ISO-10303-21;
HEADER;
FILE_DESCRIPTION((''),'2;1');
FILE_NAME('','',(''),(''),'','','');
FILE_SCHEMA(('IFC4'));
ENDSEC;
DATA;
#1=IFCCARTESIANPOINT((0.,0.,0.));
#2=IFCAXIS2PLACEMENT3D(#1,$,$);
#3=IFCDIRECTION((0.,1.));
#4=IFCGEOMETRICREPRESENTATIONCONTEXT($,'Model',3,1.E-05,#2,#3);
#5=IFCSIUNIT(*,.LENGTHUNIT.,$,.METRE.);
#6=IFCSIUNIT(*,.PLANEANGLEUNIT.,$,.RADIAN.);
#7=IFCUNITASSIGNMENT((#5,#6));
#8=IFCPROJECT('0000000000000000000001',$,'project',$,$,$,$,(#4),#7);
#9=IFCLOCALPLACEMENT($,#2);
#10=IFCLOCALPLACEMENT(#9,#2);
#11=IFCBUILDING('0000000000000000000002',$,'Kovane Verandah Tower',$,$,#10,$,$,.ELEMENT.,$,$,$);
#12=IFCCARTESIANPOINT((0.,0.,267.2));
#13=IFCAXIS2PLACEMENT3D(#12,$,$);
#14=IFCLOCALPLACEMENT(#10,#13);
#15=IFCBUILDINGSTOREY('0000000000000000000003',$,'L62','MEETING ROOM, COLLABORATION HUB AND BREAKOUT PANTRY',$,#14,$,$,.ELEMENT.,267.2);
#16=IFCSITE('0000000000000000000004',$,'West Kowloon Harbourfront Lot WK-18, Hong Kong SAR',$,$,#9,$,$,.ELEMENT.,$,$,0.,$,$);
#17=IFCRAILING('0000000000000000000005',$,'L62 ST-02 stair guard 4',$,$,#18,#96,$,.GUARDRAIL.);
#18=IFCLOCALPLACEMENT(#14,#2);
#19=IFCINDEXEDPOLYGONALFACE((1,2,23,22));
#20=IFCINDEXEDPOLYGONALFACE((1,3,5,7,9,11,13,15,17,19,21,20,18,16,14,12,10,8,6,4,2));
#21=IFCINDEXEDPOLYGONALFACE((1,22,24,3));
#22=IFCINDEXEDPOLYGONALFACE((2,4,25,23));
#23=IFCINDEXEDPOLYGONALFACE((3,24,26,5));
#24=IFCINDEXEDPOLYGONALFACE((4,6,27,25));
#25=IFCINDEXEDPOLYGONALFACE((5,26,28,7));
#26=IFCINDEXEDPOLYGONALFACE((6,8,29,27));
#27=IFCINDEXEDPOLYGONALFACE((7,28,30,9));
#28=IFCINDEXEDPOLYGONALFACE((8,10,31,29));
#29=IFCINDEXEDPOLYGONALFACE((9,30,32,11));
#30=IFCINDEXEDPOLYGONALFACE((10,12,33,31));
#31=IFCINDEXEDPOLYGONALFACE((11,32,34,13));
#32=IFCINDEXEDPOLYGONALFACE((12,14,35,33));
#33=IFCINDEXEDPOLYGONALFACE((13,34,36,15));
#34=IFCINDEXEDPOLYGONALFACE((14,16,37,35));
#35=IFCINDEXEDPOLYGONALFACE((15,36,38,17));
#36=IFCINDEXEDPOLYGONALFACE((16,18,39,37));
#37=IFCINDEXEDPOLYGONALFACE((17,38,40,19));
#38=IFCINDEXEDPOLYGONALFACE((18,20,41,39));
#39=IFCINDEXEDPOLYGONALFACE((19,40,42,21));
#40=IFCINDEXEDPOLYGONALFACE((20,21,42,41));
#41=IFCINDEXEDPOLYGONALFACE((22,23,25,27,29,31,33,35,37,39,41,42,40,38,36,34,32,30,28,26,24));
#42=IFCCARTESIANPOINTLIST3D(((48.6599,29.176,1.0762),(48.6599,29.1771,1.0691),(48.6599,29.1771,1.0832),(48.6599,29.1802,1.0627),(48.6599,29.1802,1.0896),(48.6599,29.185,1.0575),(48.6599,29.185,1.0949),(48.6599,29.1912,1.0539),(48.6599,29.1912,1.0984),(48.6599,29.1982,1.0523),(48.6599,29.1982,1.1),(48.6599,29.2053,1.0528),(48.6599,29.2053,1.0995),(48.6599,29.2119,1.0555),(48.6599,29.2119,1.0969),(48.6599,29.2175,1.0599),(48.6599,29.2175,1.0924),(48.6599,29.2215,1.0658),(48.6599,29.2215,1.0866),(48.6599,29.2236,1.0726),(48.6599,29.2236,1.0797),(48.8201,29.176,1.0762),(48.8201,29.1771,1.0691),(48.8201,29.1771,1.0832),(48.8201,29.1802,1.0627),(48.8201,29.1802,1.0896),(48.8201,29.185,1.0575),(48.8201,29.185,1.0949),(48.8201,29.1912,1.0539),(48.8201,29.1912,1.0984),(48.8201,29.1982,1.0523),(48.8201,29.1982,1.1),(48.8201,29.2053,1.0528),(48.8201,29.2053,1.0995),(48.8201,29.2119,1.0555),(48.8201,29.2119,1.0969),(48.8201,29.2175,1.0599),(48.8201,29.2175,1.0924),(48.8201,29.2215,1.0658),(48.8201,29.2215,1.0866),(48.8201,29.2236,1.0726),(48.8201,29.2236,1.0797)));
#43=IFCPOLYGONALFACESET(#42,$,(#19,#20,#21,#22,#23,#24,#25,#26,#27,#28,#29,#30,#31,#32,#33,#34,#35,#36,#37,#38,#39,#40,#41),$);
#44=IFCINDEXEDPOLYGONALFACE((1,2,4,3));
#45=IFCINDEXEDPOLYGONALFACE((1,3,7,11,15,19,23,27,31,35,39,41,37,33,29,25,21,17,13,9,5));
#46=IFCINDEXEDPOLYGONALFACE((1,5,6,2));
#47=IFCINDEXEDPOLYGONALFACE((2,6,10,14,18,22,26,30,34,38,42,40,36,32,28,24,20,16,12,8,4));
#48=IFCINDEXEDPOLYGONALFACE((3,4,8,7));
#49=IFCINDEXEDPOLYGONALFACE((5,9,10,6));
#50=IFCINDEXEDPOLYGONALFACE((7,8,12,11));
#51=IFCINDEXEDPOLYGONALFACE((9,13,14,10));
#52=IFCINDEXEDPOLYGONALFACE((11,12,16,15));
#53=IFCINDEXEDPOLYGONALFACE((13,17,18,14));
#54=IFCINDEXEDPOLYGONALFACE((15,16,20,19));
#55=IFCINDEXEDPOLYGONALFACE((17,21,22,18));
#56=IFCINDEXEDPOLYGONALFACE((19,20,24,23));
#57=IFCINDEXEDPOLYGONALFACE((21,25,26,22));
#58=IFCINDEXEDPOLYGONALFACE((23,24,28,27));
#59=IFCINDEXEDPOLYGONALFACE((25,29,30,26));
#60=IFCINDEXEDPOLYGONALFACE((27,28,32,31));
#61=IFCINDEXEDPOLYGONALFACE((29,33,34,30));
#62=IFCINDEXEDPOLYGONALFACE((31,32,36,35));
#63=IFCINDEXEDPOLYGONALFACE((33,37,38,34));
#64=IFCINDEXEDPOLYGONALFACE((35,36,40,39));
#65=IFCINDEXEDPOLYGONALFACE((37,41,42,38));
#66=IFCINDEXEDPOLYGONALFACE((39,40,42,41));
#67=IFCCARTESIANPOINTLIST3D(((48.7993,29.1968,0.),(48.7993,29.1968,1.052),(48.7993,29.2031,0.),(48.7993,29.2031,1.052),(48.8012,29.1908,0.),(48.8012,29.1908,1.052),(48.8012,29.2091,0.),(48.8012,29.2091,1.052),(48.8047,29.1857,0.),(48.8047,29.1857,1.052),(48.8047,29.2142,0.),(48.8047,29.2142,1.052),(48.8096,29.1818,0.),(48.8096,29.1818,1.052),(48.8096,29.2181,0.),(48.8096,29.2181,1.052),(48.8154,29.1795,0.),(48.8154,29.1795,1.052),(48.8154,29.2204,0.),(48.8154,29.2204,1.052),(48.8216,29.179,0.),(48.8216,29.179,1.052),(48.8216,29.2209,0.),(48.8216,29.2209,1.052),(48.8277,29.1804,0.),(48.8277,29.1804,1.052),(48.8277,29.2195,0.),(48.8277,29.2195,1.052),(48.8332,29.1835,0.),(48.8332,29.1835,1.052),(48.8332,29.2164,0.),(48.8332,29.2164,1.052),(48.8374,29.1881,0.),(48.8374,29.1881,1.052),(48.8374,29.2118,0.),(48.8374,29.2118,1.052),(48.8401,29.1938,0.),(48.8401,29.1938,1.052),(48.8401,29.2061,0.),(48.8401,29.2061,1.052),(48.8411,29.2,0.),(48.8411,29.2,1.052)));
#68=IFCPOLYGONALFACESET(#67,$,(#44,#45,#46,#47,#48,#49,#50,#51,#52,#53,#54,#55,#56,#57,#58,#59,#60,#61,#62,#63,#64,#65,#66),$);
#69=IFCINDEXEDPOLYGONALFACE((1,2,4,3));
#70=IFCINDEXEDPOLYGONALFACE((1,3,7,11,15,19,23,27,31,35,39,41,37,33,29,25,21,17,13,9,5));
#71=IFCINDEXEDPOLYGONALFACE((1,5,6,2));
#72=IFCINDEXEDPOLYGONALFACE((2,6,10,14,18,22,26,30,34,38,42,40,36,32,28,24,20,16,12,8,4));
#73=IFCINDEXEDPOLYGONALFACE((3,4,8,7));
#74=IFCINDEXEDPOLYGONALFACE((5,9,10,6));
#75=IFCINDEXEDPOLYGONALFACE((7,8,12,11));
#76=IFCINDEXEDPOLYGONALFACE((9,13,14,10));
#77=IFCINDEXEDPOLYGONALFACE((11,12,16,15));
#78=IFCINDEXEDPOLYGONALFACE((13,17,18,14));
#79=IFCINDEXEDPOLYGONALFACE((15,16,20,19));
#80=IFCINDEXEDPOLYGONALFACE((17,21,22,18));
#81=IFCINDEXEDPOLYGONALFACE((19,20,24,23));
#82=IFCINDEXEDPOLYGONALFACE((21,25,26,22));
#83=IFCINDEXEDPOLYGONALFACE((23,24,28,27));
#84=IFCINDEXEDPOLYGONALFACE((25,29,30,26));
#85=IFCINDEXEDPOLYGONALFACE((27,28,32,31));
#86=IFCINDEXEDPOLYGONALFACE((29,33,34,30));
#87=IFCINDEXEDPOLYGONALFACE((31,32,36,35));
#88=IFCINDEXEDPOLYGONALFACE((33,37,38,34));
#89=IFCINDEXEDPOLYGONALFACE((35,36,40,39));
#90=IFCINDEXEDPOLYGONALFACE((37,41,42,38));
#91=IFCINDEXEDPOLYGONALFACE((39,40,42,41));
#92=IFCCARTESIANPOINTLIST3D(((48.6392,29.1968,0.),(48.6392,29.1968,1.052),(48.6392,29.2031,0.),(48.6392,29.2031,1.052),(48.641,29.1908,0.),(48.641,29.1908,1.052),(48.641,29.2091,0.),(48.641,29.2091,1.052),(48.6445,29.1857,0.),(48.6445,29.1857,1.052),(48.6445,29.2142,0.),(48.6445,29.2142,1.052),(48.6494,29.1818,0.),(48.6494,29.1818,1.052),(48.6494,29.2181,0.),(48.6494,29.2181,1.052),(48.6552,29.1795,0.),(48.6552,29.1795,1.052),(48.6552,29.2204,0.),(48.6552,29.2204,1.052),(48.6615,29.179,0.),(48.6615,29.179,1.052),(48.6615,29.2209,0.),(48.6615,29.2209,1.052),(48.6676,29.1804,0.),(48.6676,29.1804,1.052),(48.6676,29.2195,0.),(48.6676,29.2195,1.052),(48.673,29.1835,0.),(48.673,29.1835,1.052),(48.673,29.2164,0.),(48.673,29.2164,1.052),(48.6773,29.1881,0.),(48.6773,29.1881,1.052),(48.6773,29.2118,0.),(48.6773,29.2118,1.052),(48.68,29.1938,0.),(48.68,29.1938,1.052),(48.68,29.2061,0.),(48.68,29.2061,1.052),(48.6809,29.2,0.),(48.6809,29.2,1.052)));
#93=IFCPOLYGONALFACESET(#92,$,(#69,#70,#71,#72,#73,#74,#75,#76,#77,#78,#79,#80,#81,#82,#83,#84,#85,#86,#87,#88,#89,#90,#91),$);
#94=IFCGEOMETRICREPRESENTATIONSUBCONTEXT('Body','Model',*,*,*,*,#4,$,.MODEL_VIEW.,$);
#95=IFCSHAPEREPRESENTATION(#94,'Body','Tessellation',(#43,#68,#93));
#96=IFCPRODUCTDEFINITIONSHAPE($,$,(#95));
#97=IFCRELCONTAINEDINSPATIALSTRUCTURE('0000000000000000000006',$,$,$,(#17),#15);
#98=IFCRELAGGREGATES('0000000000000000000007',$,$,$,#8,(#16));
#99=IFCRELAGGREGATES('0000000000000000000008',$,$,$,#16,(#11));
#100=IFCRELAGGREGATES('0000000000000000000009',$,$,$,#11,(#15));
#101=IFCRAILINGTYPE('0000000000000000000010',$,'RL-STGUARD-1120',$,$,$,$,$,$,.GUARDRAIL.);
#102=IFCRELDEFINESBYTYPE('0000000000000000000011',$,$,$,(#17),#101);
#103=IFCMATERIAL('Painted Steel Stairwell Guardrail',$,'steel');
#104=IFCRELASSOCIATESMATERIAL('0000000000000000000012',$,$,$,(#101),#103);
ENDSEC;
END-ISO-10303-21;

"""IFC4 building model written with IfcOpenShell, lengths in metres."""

from ifc_helpers import new_model, si_unit, direction, frame, origin, origin_2d, place, context, subcontext, project, spatial, circle, extrude, material, type_object, element, save


model = new_model("IFC4")

# Units and contexts
model_context = context("Model", 3, precision=1e-05, world=origin(), true_north=direction((0.0, 1.0)))
body_context = subcontext(model_context, "Body", "Model", "MODEL_VIEW")
ifc_project = project(units=[si_unit("LENGTHUNIT", "METRE"), si_unit("PLANEANGLEUNIT", "RADIAN")], contexts=[model_context])

# Site, building, storey
site_placement = place(None, origin())
site = spatial("IfcSite", under=ifc_project, at=site_placement, Name="West Kowloon Harbourfront Lot WK-18, Hong Kong SAR", CompositionType="ELEMENT", RefElevation=0.0)
building_placement = place(site_placement, origin())
building = spatial("IfcBuilding", under=site, at=building_placement, Name="Kovane Verandah Tower", CompositionType="ELEMENT")
storey_placement = place(building_placement, frame((0.0, 0.0, 267.2)))
storey = spatial("IfcBuildingStorey", under=building, at=storey_placement, Name="L62", Description="MEETING ROOM, COLLABORATION HUB AND BREAKOUT PANTRY", CompositionType="ELEMENT", Elevation=267.2)

# Railing
ifc_material_1 = material(Name="Painted Steel Stairwell Guardrail", Category="steel")
railing_type_1 = type_object("IfcRailingType", Name="RL-STGUARD-1120", PredefinedType="GUARDRAIL", material=ifc_material_1)
railing_1_placement = place(storey_placement, frame((48.8201, 29.2, 0.0)))
element("IfcRailing", 1, at=railing_1_placement, inside=storey, type_object=railing_type_1, Name="L62 ST-02 stair guard 4", PredefinedType="GUARDRAIL", context=body_context, shape_type="SweptSolid", body=[
    extrude(circle(Radius=0.0239, at=origin_2d()), frame((0.0, 0.0, 1.0762), z_axis=(-1.0, 0.0, 0.0), x_axis=(0.0, -1.0, 0.0)), (0.0, 0.0, 1.0), 0.1602),
    extrude(circle(Radius=0.021, at=origin_2d()), origin(), (0.0, 0.0, 1.0), 1.052),
    extrude(circle(Radius=0.021, at=origin_2d()), frame((-0.1602, 0.0, 0.0)), (0.0, 0.0, 1.0), 1.052),
])

save(model, "model.ifc")
